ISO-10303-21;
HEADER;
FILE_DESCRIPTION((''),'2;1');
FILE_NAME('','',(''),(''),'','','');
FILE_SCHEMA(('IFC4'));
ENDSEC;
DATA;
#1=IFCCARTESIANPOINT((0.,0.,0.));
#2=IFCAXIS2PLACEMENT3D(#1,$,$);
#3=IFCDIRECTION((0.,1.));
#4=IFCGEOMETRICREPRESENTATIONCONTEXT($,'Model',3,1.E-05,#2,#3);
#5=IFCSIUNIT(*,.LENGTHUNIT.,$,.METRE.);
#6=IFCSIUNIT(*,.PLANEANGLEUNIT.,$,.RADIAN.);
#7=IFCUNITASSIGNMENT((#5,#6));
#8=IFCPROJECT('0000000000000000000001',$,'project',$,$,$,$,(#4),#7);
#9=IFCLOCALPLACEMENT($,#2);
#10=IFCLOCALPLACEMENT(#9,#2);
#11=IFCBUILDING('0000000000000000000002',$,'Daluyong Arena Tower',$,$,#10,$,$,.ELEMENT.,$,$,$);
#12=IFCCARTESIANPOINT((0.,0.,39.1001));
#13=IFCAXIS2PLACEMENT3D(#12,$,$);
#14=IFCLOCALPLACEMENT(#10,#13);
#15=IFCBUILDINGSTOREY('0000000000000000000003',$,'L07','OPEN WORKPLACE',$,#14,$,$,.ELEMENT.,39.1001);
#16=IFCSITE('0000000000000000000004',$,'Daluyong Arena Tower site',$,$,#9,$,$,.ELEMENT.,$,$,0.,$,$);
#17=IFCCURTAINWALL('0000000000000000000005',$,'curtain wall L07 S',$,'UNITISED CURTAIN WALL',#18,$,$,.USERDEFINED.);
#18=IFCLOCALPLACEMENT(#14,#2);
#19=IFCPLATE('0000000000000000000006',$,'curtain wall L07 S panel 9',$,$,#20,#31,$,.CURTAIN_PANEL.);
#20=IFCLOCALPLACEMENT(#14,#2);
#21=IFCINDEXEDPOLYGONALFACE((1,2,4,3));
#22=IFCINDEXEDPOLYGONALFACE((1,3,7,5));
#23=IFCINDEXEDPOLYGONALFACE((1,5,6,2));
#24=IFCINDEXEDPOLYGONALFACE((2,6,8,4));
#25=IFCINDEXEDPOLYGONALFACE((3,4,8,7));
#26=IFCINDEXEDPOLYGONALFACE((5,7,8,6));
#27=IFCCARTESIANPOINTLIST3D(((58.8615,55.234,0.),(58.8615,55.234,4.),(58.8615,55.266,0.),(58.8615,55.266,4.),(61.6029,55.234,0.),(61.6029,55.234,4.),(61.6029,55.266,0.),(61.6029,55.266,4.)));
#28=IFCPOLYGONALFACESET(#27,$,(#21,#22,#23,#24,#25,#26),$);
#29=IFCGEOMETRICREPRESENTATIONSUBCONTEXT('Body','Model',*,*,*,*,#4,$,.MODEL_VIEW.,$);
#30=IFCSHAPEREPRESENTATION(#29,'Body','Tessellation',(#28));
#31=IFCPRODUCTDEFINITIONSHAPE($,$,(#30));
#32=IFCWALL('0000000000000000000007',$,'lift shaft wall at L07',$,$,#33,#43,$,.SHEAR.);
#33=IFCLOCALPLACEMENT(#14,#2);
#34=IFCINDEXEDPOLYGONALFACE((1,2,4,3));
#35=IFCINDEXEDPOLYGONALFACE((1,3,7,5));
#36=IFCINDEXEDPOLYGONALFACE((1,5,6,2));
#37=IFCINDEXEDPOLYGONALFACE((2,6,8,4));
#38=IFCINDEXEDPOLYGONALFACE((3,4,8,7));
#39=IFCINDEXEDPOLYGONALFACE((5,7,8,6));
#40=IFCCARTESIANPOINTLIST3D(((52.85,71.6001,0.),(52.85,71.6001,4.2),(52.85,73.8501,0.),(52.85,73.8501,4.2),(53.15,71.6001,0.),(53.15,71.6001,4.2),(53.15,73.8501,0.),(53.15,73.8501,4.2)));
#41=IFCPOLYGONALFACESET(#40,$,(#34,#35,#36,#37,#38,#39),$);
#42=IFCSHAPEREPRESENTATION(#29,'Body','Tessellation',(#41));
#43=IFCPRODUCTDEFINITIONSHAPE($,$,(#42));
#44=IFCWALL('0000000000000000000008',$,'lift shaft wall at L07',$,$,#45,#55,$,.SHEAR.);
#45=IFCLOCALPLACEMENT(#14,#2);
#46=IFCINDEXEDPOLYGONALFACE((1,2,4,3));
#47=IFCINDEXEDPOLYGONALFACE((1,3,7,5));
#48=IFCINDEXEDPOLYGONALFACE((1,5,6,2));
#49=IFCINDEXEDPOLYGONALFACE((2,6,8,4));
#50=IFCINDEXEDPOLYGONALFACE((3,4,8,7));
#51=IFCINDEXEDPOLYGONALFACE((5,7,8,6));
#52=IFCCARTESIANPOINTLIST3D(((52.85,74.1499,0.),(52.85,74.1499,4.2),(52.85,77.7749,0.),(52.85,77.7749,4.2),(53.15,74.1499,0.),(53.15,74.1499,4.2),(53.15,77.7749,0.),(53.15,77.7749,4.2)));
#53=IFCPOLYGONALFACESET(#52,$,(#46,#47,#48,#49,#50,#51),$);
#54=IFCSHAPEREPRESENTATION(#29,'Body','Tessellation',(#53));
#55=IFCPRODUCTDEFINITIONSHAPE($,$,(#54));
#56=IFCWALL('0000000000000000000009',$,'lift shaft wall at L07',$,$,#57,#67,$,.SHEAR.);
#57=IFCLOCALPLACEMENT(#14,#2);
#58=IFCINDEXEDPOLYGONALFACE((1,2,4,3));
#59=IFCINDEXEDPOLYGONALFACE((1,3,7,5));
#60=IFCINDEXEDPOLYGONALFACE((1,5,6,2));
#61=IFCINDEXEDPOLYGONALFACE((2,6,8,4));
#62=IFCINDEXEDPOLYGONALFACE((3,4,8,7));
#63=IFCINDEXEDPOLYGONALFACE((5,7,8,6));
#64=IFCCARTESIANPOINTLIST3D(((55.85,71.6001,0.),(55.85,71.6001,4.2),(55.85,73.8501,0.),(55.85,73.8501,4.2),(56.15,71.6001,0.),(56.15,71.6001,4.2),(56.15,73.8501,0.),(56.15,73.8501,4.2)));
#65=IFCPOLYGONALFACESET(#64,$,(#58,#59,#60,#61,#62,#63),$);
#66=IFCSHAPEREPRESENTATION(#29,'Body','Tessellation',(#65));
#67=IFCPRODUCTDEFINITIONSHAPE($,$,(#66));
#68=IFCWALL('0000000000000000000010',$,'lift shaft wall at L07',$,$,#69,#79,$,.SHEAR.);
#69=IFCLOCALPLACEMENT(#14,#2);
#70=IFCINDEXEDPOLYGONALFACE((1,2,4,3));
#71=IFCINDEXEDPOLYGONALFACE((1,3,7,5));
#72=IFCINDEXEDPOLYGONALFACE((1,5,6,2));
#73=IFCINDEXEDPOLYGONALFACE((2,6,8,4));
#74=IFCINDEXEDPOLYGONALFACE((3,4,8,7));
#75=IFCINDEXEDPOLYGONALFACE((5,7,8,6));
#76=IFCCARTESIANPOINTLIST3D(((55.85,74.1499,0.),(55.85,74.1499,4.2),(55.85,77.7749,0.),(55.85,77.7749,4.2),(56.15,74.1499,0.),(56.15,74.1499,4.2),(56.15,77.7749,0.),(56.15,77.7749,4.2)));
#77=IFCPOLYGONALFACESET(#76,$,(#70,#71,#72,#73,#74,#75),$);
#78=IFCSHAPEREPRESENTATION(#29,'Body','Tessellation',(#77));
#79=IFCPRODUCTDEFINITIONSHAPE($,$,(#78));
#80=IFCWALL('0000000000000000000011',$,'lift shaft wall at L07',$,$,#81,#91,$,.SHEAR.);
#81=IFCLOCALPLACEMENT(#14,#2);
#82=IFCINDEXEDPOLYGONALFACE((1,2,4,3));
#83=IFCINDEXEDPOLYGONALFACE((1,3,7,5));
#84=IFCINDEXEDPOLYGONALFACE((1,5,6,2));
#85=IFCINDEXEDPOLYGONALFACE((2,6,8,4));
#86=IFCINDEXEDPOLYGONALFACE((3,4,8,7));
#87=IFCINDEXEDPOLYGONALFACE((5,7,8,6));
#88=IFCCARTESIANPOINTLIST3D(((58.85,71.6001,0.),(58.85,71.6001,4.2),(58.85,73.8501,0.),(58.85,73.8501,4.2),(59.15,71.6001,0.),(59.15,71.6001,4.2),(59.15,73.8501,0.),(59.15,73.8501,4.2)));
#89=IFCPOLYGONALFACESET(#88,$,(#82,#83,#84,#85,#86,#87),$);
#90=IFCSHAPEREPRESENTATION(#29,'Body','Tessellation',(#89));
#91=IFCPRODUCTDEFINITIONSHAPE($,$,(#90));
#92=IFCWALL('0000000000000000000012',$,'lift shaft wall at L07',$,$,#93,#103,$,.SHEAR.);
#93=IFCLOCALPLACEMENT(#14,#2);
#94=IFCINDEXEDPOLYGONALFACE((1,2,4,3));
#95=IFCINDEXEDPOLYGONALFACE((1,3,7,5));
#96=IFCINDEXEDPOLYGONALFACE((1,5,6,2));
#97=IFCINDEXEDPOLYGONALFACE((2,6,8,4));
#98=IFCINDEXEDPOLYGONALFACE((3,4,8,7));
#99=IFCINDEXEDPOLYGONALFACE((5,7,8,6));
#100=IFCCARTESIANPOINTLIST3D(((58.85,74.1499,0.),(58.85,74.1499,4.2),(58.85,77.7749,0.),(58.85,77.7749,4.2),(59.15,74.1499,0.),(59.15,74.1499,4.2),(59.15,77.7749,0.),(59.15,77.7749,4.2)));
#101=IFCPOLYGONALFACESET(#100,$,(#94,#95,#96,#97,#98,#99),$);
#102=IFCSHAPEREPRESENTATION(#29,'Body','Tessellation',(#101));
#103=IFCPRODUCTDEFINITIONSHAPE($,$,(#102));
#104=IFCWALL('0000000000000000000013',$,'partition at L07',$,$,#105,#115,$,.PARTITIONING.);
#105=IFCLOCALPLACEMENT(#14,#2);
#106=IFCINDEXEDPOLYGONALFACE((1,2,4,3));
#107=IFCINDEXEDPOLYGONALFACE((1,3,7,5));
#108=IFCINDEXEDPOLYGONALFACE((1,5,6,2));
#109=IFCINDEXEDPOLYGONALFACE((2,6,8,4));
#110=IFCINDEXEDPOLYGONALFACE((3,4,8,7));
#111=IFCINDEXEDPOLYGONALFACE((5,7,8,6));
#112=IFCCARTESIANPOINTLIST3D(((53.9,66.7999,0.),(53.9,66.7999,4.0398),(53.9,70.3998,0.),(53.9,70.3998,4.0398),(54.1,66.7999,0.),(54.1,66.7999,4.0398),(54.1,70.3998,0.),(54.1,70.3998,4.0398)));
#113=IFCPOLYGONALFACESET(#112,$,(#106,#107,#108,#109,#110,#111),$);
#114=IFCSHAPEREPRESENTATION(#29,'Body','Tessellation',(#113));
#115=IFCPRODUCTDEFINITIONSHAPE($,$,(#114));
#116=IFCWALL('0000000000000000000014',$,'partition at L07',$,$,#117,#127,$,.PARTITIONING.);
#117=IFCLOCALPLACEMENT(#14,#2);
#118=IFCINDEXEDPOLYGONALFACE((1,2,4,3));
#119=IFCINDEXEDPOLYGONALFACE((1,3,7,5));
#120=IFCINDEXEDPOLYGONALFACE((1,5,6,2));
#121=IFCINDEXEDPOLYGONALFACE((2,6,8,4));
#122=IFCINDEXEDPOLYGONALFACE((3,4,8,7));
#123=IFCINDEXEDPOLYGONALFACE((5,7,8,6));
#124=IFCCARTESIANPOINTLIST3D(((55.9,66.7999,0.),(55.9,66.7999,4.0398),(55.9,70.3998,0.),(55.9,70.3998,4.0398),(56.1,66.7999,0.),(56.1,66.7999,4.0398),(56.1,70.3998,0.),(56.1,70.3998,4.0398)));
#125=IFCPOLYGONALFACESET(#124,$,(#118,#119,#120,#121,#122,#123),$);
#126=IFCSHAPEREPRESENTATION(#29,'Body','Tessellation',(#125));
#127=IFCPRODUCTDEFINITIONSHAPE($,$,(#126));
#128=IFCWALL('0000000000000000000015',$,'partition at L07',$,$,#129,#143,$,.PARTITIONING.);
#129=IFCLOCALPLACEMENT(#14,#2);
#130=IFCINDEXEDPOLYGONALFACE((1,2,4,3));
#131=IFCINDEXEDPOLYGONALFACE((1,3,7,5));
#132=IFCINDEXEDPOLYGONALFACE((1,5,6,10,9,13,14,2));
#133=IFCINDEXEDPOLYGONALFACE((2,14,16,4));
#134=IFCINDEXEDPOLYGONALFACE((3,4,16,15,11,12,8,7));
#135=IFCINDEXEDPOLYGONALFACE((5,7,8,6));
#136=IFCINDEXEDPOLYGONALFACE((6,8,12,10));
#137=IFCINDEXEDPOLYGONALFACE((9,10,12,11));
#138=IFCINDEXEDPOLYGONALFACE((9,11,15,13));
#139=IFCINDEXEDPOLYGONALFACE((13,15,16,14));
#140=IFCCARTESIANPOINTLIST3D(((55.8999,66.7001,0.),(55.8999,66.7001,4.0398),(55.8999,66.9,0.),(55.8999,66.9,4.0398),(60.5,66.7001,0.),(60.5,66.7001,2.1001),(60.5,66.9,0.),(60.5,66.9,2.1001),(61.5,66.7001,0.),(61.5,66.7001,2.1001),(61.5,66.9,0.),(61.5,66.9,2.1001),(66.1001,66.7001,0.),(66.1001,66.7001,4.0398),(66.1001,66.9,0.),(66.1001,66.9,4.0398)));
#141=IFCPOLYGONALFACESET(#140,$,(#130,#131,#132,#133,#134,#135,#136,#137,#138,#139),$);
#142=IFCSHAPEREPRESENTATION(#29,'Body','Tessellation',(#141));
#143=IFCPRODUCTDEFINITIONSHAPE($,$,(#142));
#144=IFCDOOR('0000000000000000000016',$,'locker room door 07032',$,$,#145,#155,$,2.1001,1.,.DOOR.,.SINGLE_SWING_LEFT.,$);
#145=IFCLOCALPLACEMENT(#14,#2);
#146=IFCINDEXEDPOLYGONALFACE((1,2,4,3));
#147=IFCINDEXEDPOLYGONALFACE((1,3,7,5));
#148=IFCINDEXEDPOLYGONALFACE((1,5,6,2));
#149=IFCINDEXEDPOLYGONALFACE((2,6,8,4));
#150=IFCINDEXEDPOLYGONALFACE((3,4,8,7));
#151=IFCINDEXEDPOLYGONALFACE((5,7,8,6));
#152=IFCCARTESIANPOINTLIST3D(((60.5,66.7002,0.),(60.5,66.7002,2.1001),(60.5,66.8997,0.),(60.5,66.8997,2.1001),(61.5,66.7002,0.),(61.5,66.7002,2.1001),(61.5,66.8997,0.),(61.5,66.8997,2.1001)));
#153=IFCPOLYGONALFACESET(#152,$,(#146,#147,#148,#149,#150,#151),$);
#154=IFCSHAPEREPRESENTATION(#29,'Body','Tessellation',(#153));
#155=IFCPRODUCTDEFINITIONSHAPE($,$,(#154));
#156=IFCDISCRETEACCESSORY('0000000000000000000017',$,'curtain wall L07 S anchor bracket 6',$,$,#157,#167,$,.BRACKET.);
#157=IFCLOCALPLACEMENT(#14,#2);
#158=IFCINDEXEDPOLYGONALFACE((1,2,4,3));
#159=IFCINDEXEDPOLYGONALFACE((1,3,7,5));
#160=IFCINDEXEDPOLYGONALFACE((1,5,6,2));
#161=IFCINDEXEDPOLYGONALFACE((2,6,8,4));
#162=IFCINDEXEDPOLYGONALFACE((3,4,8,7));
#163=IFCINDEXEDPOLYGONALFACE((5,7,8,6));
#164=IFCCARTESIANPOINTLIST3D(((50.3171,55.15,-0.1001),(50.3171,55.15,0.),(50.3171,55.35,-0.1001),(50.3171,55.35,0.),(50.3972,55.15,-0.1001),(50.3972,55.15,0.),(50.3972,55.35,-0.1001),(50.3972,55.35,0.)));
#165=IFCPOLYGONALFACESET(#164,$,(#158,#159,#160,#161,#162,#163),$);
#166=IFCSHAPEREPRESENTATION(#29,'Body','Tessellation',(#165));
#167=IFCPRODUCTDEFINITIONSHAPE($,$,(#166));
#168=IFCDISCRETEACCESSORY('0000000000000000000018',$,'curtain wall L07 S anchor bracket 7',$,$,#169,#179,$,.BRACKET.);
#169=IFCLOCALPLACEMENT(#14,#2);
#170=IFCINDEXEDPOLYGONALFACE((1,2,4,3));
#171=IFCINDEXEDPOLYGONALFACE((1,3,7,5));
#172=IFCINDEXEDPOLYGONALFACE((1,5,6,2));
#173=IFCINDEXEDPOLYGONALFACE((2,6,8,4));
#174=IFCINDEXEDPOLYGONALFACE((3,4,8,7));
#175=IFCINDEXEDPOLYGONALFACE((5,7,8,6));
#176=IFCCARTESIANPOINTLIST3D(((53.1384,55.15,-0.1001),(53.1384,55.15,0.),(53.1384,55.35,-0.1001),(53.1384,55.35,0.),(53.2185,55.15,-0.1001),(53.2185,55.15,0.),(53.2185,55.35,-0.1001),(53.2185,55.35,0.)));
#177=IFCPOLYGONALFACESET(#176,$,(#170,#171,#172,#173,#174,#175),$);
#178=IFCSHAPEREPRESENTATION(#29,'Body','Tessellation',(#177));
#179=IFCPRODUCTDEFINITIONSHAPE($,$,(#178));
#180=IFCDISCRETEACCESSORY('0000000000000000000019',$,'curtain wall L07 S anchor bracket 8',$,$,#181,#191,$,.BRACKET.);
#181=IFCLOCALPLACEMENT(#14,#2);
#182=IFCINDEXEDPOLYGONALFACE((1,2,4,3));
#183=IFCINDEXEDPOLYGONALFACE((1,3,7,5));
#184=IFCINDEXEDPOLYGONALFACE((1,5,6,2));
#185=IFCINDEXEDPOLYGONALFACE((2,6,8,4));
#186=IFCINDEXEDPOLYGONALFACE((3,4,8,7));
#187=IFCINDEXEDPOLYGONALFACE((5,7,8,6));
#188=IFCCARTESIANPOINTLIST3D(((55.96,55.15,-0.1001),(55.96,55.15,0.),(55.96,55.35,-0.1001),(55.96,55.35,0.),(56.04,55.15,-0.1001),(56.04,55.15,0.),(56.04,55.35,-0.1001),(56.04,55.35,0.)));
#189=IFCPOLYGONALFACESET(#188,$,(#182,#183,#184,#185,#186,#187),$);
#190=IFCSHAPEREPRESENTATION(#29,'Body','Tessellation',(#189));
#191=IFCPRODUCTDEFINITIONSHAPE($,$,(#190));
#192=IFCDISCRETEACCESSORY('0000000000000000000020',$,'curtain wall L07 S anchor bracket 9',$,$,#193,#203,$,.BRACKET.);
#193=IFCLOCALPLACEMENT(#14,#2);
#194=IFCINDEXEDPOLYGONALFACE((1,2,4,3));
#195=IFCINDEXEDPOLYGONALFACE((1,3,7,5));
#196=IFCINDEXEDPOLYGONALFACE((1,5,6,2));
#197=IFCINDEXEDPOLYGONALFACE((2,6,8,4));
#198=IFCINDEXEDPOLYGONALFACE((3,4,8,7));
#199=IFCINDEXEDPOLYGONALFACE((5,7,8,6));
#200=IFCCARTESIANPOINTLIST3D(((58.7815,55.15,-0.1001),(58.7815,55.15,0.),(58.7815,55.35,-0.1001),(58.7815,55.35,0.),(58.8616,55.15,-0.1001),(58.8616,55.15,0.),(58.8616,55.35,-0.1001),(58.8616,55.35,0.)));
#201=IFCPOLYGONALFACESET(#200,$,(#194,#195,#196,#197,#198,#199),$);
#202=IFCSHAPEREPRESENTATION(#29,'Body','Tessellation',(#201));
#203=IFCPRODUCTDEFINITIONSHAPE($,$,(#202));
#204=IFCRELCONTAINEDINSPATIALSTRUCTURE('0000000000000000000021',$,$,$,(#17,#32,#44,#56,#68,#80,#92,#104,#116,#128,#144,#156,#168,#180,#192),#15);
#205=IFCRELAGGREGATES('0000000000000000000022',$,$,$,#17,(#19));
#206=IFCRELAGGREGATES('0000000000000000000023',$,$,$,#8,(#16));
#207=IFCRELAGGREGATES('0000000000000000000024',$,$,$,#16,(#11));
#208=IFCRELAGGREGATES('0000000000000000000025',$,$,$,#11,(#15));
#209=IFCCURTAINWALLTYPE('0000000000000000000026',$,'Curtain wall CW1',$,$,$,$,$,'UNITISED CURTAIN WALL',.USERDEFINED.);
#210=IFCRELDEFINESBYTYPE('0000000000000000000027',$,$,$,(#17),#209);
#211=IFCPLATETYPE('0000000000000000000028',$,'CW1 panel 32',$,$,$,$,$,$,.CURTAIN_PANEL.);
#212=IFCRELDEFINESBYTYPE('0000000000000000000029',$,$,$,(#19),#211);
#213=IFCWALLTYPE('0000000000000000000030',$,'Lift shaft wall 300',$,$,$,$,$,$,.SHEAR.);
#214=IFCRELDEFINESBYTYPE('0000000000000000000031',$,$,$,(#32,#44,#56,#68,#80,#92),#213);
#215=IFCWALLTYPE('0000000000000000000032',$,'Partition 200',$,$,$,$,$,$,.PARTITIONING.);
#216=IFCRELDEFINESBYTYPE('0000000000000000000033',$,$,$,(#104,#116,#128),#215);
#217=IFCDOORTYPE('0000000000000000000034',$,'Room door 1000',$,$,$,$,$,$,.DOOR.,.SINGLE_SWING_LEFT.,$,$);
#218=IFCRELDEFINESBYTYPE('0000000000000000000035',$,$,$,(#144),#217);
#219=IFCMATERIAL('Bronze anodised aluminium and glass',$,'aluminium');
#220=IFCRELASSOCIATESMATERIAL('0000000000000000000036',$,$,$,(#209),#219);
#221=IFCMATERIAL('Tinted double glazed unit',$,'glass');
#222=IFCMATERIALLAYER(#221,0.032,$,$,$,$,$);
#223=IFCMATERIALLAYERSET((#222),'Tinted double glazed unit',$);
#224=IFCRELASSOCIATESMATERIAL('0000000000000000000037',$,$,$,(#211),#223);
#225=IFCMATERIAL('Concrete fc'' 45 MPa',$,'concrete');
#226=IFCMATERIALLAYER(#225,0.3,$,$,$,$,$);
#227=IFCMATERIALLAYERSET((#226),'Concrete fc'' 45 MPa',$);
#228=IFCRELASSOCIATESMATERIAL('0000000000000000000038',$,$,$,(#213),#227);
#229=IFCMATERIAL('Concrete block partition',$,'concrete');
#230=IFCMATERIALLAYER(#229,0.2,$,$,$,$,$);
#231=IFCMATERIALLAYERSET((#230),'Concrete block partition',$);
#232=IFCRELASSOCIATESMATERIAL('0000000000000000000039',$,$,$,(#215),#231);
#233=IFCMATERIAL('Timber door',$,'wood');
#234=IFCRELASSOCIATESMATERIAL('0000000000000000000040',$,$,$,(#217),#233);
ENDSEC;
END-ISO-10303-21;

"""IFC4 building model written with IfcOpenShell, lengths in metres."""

from ifc_helpers import new_model, si_unit, direction, frame, frame_2d, origin, origin_2d, place, context, subcontext, project, spatial, rectangle, extrude, material, layer, layer_set, type_object, element, fill, aggregate, save


model = new_model("IFC4")

# Units and contexts
model_context = context("Model", 3, precision=1e-05, world=origin(), true_north=direction((0.0, 1.0)))
body_context = subcontext(model_context, "Body", "Model", "MODEL_VIEW")
ifc_project = project(units=[si_unit("LENGTHUNIT", "METRE"), si_unit("PLANEANGLEUNIT", "RADIAN")], contexts=[model_context])

# Site, building, storey
site_placement = place(None, origin())
site = spatial("IfcSite", under=ifc_project, at=site_placement, Name="Daluyong Arena Tower site", CompositionType="ELEMENT", RefElevation=0.0)
building_placement = place(site_placement, origin())
building = spatial("IfcBuilding", under=site, at=building_placement, Name="Daluyong Arena Tower", CompositionType="ELEMENT")
storey_placement = place(building_placement, frame((0.0, 0.0, 39.1001)))
storey = spatial("IfcBuildingStorey", under=building, at=storey_placement, Name="L07", Description="OPEN WORKPLACE", CompositionType="ELEMENT", Elevation=39.1001)

# Curtain wall
ifc_material_1 = material(Name="Bronze anodised aluminium and glass", Category="aluminium")
curtain_wall_type = type_object("IfcCurtainWallType", Name="Curtain wall CW1", ElementType="UNITISED CURTAIN WALL", PredefinedType="USERDEFINED", material=ifc_material_1)
curtain_wall_placement = place(storey_placement, origin())
curtain_wall = element("IfcCurtainWall", 1, at=curtain_wall_placement, inside=storey, type_object=curtain_wall_type, Name="curtain wall L07 S", ObjectType="UNITISED CURTAIN WALL", PredefinedType="USERDEFINED")

# Plate
ifc_material_2 = material(Name="Tinted double glazed unit", Category="glass")
ifc_layer_1 = layer(ifc_material_2, 0.032)
ifc_layer_set_1 = layer_set([ifc_layer_1], Name="Tinted double glazed unit")
plate_type = type_object("IfcPlateType", Name="CW1 panel 32", PredefinedType="CURTAIN_PANEL", material=ifc_layer_set_1)
plate_1_placement = place(storey_placement, frame((60.2322, 55.25, 0.0), z_axis=(0.0, 0.0, 1.0), x_axis=(1.0, 0.0, 0.0)))
plate_1 = element("IfcPlate", 2, at=plate_1_placement, type_object=plate_type, Name="curtain wall L07 S panel 9", PredefinedType="CURTAIN_PANEL", context=body_context, shape_type="SweptSolid", body=[
    extrude(rectangle(XDim=2.7415, YDim=0.032, at=origin_2d()), origin(), (0.0, 0.0, 1.0), 4.0),
])
aggregate(curtain_wall, [plate_1])

# Walls
ifc_material_3 = material(Name="Concrete fc' 45 MPa", Category="concrete")
ifc_layer_2 = layer(ifc_material_3, 0.3)
ifc_layer_set_2 = layer_set([ifc_layer_2], Name="Concrete fc' 45 MPa")
wall_type_1 = type_object("IfcWallType", Name="Lift shaft wall 300", PredefinedType="SHEAR", material=ifc_layer_set_2)
wall_1_placement = place(storey_placement, frame((53.0, 71.6001, 0.0), z_axis=(0.0, 0.0, 1.0), x_axis=(0.0, 1.0, 0.0)))
element("IfcWall", 3, at=wall_1_placement, inside=storey, type_object=wall_type_1, Name="lift shaft wall at L07", PredefinedType="SHEAR", context=body_context, shape_type="SweptSolid", body=[
    extrude(rectangle(XDim=2.25, YDim=0.3, at=frame_2d((1.125, 0.0))), origin(), (0.0, 0.0, 1.0), 4.2),
])
wall_2_placement = place(storey_placement, frame((53.0, 74.1499, 0.0), z_axis=(0.0, 0.0, 1.0), x_axis=(0.0, 1.0, 0.0)))
element("IfcWall", 4, at=wall_2_placement, inside=storey, type_object=wall_type_1, Name="lift shaft wall at L07", PredefinedType="SHEAR", context=body_context, shape_type="SweptSolid", body=[
    extrude(rectangle(XDim=3.625, YDim=0.3, at=frame_2d((1.8125, 0.0))), origin(), (0.0, 0.0, 1.0), 4.2),
])
wall_3_placement = place(storey_placement, frame((56.0, 71.6001, 0.0), z_axis=(0.0, 0.0, 1.0), x_axis=(0.0, 1.0, 0.0)))
element("IfcWall", 5, at=wall_3_placement, inside=storey, type_object=wall_type_1, Name="lift shaft wall at L07", PredefinedType="SHEAR", context=body_context, shape_type="SweptSolid", body=[
    extrude(rectangle(XDim=2.25, YDim=0.3, at=frame_2d((1.125, 0.0))), origin(), (0.0, 0.0, 1.0), 4.2),
])
wall_4_placement = place(storey_placement, frame((56.0, 74.1499, 0.0), z_axis=(0.0, 0.0, 1.0), x_axis=(0.0, 1.0, 0.0)))
element("IfcWall", 6, at=wall_4_placement, inside=storey, type_object=wall_type_1, Name="lift shaft wall at L07", PredefinedType="SHEAR", context=body_context, shape_type="SweptSolid", body=[
    extrude(rectangle(XDim=3.625, YDim=0.3, at=frame_2d((1.8125, 0.0))), origin(), (0.0, 0.0, 1.0), 4.2),
])
wall_5_placement = place(storey_placement, frame((59.0, 71.6001, 0.0), z_axis=(0.0, 0.0, 1.0), x_axis=(0.0, 1.0, 0.0)))
element("IfcWall", 7, at=wall_5_placement, inside=storey, type_object=wall_type_1, Name="lift shaft wall at L07", PredefinedType="SHEAR", context=body_context, shape_type="SweptSolid", body=[
    extrude(rectangle(XDim=2.25, YDim=0.3, at=frame_2d((1.125, 0.0))), origin(), (0.0, 0.0, 1.0), 4.2),
])
wall_6_placement = place(storey_placement, frame((59.0, 74.1499, 0.0), z_axis=(0.0, 0.0, 1.0), x_axis=(0.0, 1.0, 0.0)))
element("IfcWall", 8, at=wall_6_placement, inside=storey, type_object=wall_type_1, Name="lift shaft wall at L07", PredefinedType="SHEAR", context=body_context, shape_type="SweptSolid", body=[
    extrude(rectangle(XDim=3.625, YDim=0.3, at=frame_2d((1.8125, 0.0))), origin(), (0.0, 0.0, 1.0), 4.2),
])
ifc_material_4 = material(Name="Concrete block partition", Category="concrete")
ifc_layer_3 = layer(ifc_material_4, 0.2)
ifc_layer_set_3 = layer_set([ifc_layer_3], Name="Concrete block partition")
wall_type_2 = type_object("IfcWallType", Name="Partition 200", PredefinedType="PARTITIONING", material=ifc_layer_set_3)
for number, where, z_axis, x_axis, name in (
    (9, (54.0, 66.8, 0.0), (0.0, 0.0, 1.0), (0.0, 1.0, 0.0), "partition at L07"),
    (10, (56.0, 66.8, 0.0), (0.0, 0.0, 1.0), (0.0, 1.0, 0.0), "partition at L07"),
):
    element("IfcWall", number, at=place(storey_placement, frame(where, z_axis=z_axis, x_axis=x_axis)), inside=storey, type_object=wall_type_2, Name=name, PredefinedType="PARTITIONING", context=body_context, shape_type="SweptSolid", body=[
        extrude(rectangle(XDim=3.5999, YDim=0.2, at=frame_2d((1.7998, 0.0))), origin(), (0.0, 0.0, 1.0), 4.0398),
    ])

# Wall, opening, door
wall_7_placement = place(storey_placement, frame((55.8999, 66.8, 0.0), z_axis=(0.0, 0.0, 1.0), x_axis=(1.0, 0.0, 0.0)))
wall_7 = element("IfcWall", 11, at=wall_7_placement, inside=storey, type_object=wall_type_2, Name="partition at L07", PredefinedType="PARTITIONING", context=body_context, shape_type="SweptSolid", body=[
    extrude(rectangle(XDim=10.2002, YDim=0.2, at=frame_2d((5.1001, 0.0))), origin(), (0.0, 0.0, 1.0), 4.0398),
])
opening_placement = place(wall_7_placement, frame((4.6001, 0.0, 0.0)))
opening = element("IfcOpeningElement", 12, at=opening_placement, cuts=wall_7, PredefinedType="OPENING", context=body_context, shape_type="SweptSolid", body=[
    extrude(rectangle(XDim=1.0, YDim=2.1001, at=frame_2d((0.5, 1.05))), frame((0.0, 0.1099, 0.0), z_axis=(0.0, -1.0, 0.0), x_axis=(1.0, 0.0, 0.0)), (0.0, 0.0, 1.0), 0.22),
])
ifc_material_5 = material(Name="Timber door", Category="wood")
door_type = type_object("IfcDoorType", Name="Room door 1000", OperationType="SINGLE_SWING_LEFT", PredefinedType="DOOR", material=ifc_material_5)
door_placement = place(opening_placement, origin())
door = element("IfcDoor", 13, at=door_placement, inside=storey, type_object=door_type, Name="locker room door 07032", OperationType="SINGLE_SWING_LEFT", OverallHeight=2.1001, OverallWidth=1.0, PredefinedType="DOOR", context=body_context, shape_type="SweptSolid", body=[
    extrude(rectangle(XDim=1.0, YDim=2.1001, at=frame_2d((0.5, 1.05))), frame((0.0, 0.0996, 0.0), z_axis=(0.0, -1.0, 0.0), x_axis=(1.0, 0.0, 0.0)), (0.0, 0.0, 1.0), 0.1995),
])
fill(opening, door)

# Discrete accessories
for number, where, z_axis, x_axis, name in (
    (14, (50.3572, 55.25, -0.1001), (0.0, 0.0, 1.0), (1.0, 0.0, 0.0), "curtain wall L07 S anchor bracket 6"),
    (15, (53.1785, 55.25, -0.1001), (0.0, 0.0, 1.0), (1.0, 0.0, 0.0), "curtain wall L07 S anchor bracket 7"),
    (16, (56.0, 55.25, -0.1001), (0.0, 0.0, 1.0), (1.0, 0.0, 0.0), "curtain wall L07 S anchor bracket 8"),
    (17, (58.8215, 55.25, -0.1001), (0.0, 0.0, 1.0), (1.0, 0.0, 0.0), "curtain wall L07 S anchor bracket 9"),
):
    element("IfcDiscreteAccessory", number, at=place(storey_placement, frame(where, z_axis=z_axis, x_axis=x_axis)), inside=storey, Name=name, PredefinedType="BRACKET", context=body_context, shape_type="SweptSolid", body=[
        extrude(rectangle(XDim=0.0801, YDim=0.2, at=origin_2d()), origin(), (0.0, 0.0, 1.0), 0.1001),
    ])

save(model, "model.ifc")
